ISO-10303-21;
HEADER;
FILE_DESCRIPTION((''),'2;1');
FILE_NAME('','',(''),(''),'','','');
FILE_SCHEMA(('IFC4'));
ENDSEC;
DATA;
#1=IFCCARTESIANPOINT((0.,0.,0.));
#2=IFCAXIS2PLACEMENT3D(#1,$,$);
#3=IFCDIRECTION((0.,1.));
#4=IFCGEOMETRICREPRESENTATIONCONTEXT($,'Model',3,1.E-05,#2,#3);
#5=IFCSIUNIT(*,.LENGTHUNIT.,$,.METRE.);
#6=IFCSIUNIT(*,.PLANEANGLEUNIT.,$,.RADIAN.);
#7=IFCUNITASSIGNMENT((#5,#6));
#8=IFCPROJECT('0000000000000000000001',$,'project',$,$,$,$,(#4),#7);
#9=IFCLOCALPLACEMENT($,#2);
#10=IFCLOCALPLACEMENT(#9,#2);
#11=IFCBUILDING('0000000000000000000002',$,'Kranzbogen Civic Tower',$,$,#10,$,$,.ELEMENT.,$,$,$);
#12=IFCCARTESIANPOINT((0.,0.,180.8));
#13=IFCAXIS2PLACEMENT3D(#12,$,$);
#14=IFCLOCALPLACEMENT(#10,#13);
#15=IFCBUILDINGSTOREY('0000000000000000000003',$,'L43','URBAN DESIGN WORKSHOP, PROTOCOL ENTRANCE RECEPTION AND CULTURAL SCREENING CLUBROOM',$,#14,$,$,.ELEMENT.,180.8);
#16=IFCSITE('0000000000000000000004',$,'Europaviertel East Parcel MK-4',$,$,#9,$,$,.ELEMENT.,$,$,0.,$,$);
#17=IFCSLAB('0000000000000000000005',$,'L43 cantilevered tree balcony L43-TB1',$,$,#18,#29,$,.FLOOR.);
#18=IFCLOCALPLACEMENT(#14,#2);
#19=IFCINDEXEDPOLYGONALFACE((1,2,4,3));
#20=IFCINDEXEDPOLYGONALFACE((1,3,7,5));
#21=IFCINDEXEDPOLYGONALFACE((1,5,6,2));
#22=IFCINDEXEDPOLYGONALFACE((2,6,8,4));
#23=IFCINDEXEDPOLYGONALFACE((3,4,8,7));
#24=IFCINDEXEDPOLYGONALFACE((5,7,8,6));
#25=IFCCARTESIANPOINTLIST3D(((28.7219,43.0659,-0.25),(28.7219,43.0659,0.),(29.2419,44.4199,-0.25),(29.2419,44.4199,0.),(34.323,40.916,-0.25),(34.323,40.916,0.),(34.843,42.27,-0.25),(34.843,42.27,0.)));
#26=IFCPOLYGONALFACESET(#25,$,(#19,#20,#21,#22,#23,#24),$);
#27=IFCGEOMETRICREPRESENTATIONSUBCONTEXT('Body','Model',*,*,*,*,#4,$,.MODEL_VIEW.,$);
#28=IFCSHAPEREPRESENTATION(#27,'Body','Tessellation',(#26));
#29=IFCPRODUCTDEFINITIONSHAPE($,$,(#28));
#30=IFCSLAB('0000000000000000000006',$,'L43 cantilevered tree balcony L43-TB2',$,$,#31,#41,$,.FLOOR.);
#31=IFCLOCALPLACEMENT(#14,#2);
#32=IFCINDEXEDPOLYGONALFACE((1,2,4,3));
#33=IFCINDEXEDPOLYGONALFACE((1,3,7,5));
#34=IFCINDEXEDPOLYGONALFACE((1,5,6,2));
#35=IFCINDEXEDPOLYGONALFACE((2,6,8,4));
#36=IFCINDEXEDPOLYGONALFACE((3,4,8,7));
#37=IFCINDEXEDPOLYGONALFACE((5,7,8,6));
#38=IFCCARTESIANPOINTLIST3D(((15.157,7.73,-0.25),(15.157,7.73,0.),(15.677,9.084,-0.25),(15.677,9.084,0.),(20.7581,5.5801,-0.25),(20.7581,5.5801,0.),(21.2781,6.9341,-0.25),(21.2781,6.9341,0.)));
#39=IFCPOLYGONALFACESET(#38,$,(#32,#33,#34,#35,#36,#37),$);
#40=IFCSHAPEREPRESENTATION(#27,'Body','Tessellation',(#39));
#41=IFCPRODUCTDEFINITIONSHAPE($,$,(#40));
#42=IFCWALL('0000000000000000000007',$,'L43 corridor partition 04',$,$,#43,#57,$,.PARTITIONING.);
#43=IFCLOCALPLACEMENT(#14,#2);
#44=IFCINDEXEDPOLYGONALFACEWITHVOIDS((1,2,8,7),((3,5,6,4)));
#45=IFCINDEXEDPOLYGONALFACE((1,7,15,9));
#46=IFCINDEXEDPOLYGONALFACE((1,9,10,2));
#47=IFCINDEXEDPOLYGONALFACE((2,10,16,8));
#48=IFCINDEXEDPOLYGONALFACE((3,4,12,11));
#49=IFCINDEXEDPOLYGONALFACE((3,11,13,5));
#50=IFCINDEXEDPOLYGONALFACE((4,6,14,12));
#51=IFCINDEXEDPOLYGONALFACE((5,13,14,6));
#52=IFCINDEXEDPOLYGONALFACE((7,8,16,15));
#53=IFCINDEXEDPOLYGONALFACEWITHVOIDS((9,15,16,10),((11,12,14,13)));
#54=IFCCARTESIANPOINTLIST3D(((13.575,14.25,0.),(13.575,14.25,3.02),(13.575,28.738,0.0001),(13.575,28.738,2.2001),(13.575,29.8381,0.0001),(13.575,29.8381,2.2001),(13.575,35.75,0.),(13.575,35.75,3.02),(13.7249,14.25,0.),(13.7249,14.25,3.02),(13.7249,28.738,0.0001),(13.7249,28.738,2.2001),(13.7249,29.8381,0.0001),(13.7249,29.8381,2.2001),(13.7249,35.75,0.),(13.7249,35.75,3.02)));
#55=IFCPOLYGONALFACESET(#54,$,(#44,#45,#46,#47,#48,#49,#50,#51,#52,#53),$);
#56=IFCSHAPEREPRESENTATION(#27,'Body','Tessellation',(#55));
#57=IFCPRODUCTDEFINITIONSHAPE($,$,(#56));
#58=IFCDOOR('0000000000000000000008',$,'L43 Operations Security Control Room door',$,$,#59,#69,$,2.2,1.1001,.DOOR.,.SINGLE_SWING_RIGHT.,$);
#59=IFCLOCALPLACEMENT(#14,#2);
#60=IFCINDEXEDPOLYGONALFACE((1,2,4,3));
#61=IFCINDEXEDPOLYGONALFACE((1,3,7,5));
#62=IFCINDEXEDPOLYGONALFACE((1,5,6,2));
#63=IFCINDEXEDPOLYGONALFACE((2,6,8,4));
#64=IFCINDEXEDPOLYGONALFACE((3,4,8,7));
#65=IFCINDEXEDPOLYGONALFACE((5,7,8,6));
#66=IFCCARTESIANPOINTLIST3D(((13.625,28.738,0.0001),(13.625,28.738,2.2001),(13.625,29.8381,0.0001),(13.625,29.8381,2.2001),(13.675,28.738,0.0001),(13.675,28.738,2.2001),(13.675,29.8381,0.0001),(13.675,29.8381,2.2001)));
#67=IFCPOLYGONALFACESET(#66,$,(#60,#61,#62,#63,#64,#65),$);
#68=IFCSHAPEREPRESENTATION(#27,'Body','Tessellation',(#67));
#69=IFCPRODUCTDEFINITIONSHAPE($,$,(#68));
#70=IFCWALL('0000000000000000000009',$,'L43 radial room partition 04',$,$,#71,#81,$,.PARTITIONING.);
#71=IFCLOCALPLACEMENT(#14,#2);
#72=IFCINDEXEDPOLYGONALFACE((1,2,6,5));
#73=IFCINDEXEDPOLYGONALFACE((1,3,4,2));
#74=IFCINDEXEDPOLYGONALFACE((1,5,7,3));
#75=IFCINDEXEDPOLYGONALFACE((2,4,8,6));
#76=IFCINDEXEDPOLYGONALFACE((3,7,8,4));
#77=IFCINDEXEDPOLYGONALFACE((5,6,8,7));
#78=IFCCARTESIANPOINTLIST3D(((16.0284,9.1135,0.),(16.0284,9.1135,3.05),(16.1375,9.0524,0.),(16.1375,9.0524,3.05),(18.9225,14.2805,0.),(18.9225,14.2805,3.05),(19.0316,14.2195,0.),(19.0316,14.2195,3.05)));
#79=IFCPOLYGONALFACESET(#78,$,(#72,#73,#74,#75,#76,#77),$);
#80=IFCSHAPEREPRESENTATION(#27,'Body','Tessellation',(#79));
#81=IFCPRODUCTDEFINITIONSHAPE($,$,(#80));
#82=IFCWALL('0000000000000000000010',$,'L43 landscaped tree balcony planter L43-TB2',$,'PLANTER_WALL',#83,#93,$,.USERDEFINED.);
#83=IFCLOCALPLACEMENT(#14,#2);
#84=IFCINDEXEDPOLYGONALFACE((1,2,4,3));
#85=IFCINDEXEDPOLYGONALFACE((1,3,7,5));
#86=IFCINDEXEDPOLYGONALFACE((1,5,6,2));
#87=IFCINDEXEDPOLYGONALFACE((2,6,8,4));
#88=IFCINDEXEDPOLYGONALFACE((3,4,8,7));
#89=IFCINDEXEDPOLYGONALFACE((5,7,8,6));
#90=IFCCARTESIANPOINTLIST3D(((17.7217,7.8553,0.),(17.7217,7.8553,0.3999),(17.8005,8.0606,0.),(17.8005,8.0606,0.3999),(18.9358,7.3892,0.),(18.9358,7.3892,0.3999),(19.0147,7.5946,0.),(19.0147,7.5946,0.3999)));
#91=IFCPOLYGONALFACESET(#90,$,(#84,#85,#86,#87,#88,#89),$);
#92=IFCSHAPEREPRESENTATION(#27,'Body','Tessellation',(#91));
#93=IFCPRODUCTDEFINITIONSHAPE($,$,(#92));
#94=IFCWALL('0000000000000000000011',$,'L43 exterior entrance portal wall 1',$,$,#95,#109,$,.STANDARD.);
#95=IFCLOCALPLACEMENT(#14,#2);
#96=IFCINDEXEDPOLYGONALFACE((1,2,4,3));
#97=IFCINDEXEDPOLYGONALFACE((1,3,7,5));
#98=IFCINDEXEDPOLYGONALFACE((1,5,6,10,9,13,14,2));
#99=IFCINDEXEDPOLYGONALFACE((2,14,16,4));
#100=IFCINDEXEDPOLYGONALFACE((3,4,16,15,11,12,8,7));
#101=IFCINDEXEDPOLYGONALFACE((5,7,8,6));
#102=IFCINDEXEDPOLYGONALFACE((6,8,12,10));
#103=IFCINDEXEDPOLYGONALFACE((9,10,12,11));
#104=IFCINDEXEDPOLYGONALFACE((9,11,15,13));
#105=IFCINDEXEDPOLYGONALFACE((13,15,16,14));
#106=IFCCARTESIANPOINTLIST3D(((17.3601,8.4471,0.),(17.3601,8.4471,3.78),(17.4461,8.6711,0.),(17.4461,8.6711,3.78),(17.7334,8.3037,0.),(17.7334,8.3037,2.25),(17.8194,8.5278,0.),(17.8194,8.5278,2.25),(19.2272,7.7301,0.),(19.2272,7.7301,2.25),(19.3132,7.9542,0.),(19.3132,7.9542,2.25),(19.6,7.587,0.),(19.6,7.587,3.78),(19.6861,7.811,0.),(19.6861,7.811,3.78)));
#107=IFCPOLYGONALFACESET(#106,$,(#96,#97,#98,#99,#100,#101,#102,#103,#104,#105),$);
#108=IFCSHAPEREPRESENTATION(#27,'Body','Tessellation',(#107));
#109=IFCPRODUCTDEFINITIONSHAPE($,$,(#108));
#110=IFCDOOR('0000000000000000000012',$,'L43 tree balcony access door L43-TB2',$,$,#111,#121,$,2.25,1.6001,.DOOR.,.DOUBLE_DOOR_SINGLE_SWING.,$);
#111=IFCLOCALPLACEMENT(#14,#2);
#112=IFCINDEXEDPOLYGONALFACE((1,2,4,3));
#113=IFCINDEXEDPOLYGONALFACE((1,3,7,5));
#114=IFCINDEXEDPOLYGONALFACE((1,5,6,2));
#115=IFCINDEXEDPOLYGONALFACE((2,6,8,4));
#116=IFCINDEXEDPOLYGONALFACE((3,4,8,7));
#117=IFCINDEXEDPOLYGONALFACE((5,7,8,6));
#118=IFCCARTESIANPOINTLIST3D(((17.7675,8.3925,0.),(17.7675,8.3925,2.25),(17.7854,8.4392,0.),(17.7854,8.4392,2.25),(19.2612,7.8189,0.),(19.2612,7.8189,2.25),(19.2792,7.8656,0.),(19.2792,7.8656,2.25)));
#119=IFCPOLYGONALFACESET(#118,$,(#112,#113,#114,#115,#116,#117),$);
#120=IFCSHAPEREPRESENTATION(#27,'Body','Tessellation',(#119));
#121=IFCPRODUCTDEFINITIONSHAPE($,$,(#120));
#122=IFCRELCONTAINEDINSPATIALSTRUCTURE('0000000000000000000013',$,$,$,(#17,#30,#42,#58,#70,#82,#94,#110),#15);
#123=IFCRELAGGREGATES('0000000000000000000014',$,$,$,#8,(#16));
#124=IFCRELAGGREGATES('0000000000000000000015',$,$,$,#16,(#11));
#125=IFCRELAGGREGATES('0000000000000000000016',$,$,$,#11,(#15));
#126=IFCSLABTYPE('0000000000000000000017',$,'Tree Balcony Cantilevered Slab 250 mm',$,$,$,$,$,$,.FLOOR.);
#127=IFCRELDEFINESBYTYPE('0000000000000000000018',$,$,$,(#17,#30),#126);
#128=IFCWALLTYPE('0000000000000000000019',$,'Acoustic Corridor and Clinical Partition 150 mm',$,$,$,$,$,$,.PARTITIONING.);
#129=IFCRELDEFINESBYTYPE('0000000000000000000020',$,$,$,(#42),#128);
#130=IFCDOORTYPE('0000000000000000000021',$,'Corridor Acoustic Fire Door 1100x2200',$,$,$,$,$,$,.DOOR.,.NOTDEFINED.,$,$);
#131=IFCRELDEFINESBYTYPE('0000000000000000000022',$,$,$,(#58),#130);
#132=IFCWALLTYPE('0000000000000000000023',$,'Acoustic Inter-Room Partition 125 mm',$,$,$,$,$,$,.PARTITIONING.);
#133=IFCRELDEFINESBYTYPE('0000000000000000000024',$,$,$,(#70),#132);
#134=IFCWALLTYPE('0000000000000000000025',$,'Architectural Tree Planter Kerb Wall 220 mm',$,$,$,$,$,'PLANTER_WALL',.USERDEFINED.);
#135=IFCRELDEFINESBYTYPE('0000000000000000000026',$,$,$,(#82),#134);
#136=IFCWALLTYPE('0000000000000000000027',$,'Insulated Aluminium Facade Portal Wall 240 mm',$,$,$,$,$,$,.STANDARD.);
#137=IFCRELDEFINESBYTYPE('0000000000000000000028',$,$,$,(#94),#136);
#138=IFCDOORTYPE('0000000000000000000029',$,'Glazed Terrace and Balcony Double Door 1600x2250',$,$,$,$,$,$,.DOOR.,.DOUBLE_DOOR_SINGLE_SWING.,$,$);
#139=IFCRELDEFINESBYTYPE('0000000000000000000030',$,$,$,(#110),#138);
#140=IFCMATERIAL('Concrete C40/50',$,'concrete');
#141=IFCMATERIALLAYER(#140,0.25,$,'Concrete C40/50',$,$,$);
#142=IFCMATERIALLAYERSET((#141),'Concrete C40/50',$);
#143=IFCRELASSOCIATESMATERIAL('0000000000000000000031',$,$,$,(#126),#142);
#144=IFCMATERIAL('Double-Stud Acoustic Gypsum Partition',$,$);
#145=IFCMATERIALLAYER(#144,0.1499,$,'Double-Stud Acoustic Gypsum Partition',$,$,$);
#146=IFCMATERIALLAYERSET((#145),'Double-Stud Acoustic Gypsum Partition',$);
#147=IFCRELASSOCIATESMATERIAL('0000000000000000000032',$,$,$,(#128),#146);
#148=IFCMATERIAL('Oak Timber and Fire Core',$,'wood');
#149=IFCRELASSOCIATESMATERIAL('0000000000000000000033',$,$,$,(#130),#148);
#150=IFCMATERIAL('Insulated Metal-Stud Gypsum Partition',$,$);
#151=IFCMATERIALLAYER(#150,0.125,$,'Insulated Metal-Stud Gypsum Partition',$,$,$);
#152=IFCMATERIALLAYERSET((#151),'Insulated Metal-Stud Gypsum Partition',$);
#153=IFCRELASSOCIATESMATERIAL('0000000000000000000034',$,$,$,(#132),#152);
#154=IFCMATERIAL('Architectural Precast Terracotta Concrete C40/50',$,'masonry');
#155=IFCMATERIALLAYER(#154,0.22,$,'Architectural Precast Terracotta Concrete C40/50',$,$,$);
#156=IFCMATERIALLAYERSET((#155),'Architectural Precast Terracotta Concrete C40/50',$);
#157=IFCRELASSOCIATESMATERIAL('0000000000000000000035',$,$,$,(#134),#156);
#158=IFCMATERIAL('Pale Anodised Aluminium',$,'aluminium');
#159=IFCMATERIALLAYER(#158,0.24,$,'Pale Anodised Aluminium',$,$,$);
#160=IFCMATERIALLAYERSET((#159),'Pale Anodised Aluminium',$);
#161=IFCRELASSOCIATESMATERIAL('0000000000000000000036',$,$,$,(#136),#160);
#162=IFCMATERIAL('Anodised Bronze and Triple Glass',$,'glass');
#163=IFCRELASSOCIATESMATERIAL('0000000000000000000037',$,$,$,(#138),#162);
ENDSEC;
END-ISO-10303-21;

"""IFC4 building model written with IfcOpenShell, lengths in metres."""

from ifc_helpers import new_model, si_unit, direction, frame, frame_2d, origin, place, context, subcontext, project, spatial, polyline, rectangle, outline, extrude, material, layer, layer_set, type_object, element, fill, save


model = new_model("IFC4")

# Units and contexts
model_context = context("Model", 3, precision=1e-05, world=origin(), true_north=direction((0.0, 1.0)))
body_context = subcontext(model_context, "Body", "Model", "MODEL_VIEW")
ifc_project = project(units=[si_unit("LENGTHUNIT", "METRE"), si_unit("PLANEANGLEUNIT", "RADIAN")], contexts=[model_context])

# Site, building, storey
site_placement = place(None, origin())
site = spatial("IfcSite", under=ifc_project, at=site_placement, Name="Europaviertel East Parcel MK-4", CompositionType="ELEMENT", RefElevation=0.0)
building_placement = place(site_placement, origin())
building = spatial("IfcBuilding", under=site, at=building_placement, Name="Kranzbogen Civic Tower", CompositionType="ELEMENT")
storey_placement = place(building_placement, frame((0.0, 0.0, 180.8)))
storey = spatial("IfcBuildingStorey", under=building, at=storey_placement, Name="L43", Description="URBAN DESIGN WORKSHOP, PROTOCOL ENTRANCE RECEPTION AND CULTURAL SCREENING CLUBROOM", CompositionType="ELEMENT", Elevation=180.8)

# Shared definitions
ifc_material_1 = material(Name="Pale Anodised Aluminium", Category="aluminium")

# Shared definitions
ifc_material_2 = material(Name="Concrete C40/50", Category="concrete")

# Slabs
ifc_layer_1 = layer(ifc_material_2, 0.25, Name="Concrete C40/50")
ifc_layer_set_1 = layer_set([ifc_layer_1], Name="Concrete C40/50")
slab_type_1 = type_object("IfcSlabType", Name="Tree Balcony Cantilevered Slab 250 mm", PredefinedType="FLOOR", material=ifc_layer_set_1)
slab_1_placement = place(storey_placement, frame((0.0, 0.0, -0.25)))
element("IfcSlab", 1, at=slab_1_placement, inside=storey, type_object=slab_type_1, Name="L43 cantilevered tree balcony L43-TB1", PredefinedType="FLOOR", context=body_context, shape_type="SweptSolid", body=[
    extrude(outline(polyline([(34.323, 40.916), (28.7219, 43.0659), (29.2419, 44.4199), (34.843, 42.27), (34.323, 40.916)])), origin(), (0.0, 0.0, 1.0), 0.25),
])
slab_2_placement = place(storey_placement, frame((0.0, 0.0, -0.25)))
element("IfcSlab", 2, at=slab_2_placement, inside=storey, type_object=slab_type_1, Name="L43 cantilevered tree balcony L43-TB2", PredefinedType="FLOOR", context=body_context, shape_type="SweptSolid", body=[
    extrude(outline(polyline([(15.677, 9.084), (21.2781, 6.9341), (20.7581, 5.5801), (15.157, 7.73), (15.677, 9.084)])), origin(), (0.0, 0.0, 1.0), 0.25),
])

# Wall, opening, door
ifc_material_3 = material(Name="Double-Stud Acoustic Gypsum Partition")
ifc_layer_2 = layer(ifc_material_3, 0.1499, Name="Double-Stud Acoustic Gypsum Partition")
ifc_layer_set_2 = layer_set([ifc_layer_2], Name="Double-Stud Acoustic Gypsum Partition")
wall_type_1 = type_object("IfcWallType", Name="Acoustic Corridor and Clinical Partition 150 mm", PredefinedType="PARTITIONING", material=ifc_layer_set_2)
wall_1_placement = place(storey_placement, frame((13.6499, 14.25, 0.0), z_axis=(0.0, 0.0, 1.0), x_axis=(0.0, 1.0, 0.0)))
wall_1 = element("IfcWall", 3, at=wall_1_placement, inside=storey, type_object=wall_type_1, Name="L43 corridor partition 04", PredefinedType="PARTITIONING", context=body_context, shape_type="SweptSolid", body=[
    extrude(rectangle(XDim=21.5, YDim=0.1499, at=frame_2d((10.75, 0.0))), origin(), (0.0, 0.0, 1.0), 3.02),
])
opening_1_placement = place(wall_1_placement, frame((14.488, 0.0, 0.0)))
opening_1 = element("IfcOpeningElement", 4, at=opening_1_placement, cuts=wall_1, PredefinedType="OPENING", context=body_context, shape_type="SweptSolid", body=[
    extrude(rectangle(XDim=1.1001, YDim=2.2, at=frame_2d((0.55, 1.1001))), frame((0.0, 0.085, 0.0), z_axis=(0.0, -1.0, 0.0), x_axis=(1.0, 0.0, 0.0)), (0.0, 0.0, 1.0), 0.1699),
])
ifc_material_4 = material(Name="Oak Timber and Fire Core", Category="wood")
door_type_1 = type_object("IfcDoorType", Name="Corridor Acoustic Fire Door 1100x2200", OperationType="NOTDEFINED", PredefinedType="DOOR", material=ifc_material_4)
door_1_placement = place(opening_1_placement, origin())
door_1 = element("IfcDoor", 5, at=door_1_placement, inside=storey, type_object=door_type_1, Name="L43 Operations Security Control Room door", OperationType="SINGLE_SWING_RIGHT", OverallHeight=2.2, OverallWidth=1.1001, PredefinedType="DOOR", context=body_context, shape_type="SweptSolid", body=[
    extrude(rectangle(XDim=1.1001, YDim=2.2, at=frame_2d((0.55, 1.1001))), frame((0.0, 0.0249, 0.0), z_axis=(0.0, -1.0, 0.0), x_axis=(1.0, 0.0, 0.0)), (0.0, 0.0, 1.0), 0.05),
])
fill(opening_1, door_1)

# Walls
ifc_material_5 = material(Name="Insulated Metal-Stud Gypsum Partition")
ifc_layer_3 = layer(ifc_material_5, 0.125, Name="Insulated Metal-Stud Gypsum Partition")
ifc_layer_set_3 = layer_set([ifc_layer_3], Name="Insulated Metal-Stud Gypsum Partition")
wall_type_2 = type_object("IfcWallType", Name="Acoustic Inter-Room Partition 125 mm", PredefinedType="PARTITIONING", material=ifc_layer_set_3)
wall_2_placement = place(storey_placement, frame((18.9771, 14.25, 0.0), z_axis=(0.0, 0.0, 1.0), x_axis=(-0.488671, -0.872468, 0.0)))
element("IfcWall", 6, at=wall_2_placement, inside=storey, type_object=wall_type_2, Name="L43 radial room partition 04", PredefinedType="PARTITIONING", context=body_context, shape_type="SweptSolid", body=[
    extrude(rectangle(XDim=5.9224, YDim=0.125, at=frame_2d((2.9612, 0.0))), origin(), (0.0, 0.0, 1.0), 3.05),
])
ifc_material_6 = material(Name="Architectural Precast Terracotta Concrete C40/50", Category="masonry")
ifc_layer_4 = layer(ifc_material_6, 0.22, Name="Architectural Precast Terracotta Concrete C40/50")
ifc_layer_set_4 = layer_set([ifc_layer_4], Name="Architectural Precast Terracotta Concrete C40/50")
wall_type_3 = type_object("IfcWallType", Name="Architectural Tree Planter Kerb Wall 220 mm", ElementType="PLANTER_WALL", PredefinedType="USERDEFINED", material=ifc_layer_set_4)
wall_3_placement = place(storey_placement, frame((17.761, 7.958, 0.0), z_axis=(0.0, 0.0, 1.0), x_axis=(0.933578, -0.358375, 0.0)))
element("IfcWall", 7, at=wall_3_placement, inside=storey, type_object=wall_type_3, Name="L43 landscaped tree balcony planter L43-TB2", ObjectType="PLANTER_WALL", PredefinedType="USERDEFINED", context=body_context, shape_type="SweptSolid", body=[
    extrude(rectangle(XDim=1.3005, YDim=0.22, at=frame_2d((0.6504, 0.0))), origin(), (0.0, 0.0, 1.0), 0.3999),
])

# Wall, opening, door
ifc_layer_5 = layer(ifc_material_1, 0.24, Name="Pale Anodised Aluminium")
ifc_layer_set_5 = layer_set([ifc_layer_5], Name="Pale Anodised Aluminium")
wall_type_4 = type_object("IfcWallType", Name="Insulated Aluminium Facade Portal Wall 240 mm", PredefinedType="STANDARD", material=ifc_layer_set_5)
wall_4_placement = place(storey_placement, frame((17.4031, 8.5591, 0.0), z_axis=(0.0, 0.0, 1.0), x_axis=(0.933545, -0.358461, 0.0)))
wall_4 = element("IfcWall", 8, at=wall_4_placement, inside=storey, type_object=wall_type_4, Name="L43 exterior entrance portal wall 1", PredefinedType="STANDARD", context=body_context, shape_type="SweptSolid", body=[
    extrude(rectangle(XDim=2.3994, YDim=0.24, at=frame_2d((1.1997, 0.0))), origin(), (0.0, 0.0, 1.0), 3.78),
])
opening_2_placement = place(wall_4_placement, frame((0.3999, 0.0, 0.0)))
opening_2 = element("IfcOpeningElement", 9, at=opening_2_placement, cuts=wall_4, PredefinedType="OPENING", context=body_context, shape_type="SweptSolid", body=[
    extrude(rectangle(XDim=1.6001, YDim=2.25, at=frame_2d((0.8, 1.125))), frame((0.0, 0.1299, 0.0), z_axis=(0.0, -1.0, 0.0), x_axis=(1.0, 0.0, 0.0)), (0.0, 0.0, 1.0), 0.26),
])
ifc_material_7 = material(Name="Anodised Bronze and Triple Glass", Category="glass")
door_type_2 = type_object("IfcDoorType", Name="Glazed Terrace and Balcony Double Door 1600x2250", OperationType="DOUBLE_DOOR_SINGLE_SWING", PredefinedType="DOOR", material=ifc_material_7)
door_2_placement = place(opening_2_placement, frame((1.6001, 0.0, 0.0), z_axis=(0.0, 0.0, 1.0), x_axis=(-1.0, 0.0, 0.0)))
door_2 = element("IfcDoor", 10, at=door_2_placement, inside=storey, type_object=door_type_2, Name="L43 tree balcony access door L43-TB2", OperationType="DOUBLE_DOOR_SINGLE_SWING", OverallHeight=2.25, OverallWidth=1.6001, PredefinedType="DOOR", context=body_context, shape_type="SweptSolid", body=[
    extrude(rectangle(XDim=1.6001, YDim=2.25, at=frame_2d((0.8, 1.125))), frame((0.0, 0.0249, 0.0), z_axis=(0.0, -1.0, 0.0), x_axis=(1.0, 0.0, 0.0)), (0.0, 0.0, 1.0), 0.05),
])
fill(opening_2, door_2)

save(model, "model.ifc")
